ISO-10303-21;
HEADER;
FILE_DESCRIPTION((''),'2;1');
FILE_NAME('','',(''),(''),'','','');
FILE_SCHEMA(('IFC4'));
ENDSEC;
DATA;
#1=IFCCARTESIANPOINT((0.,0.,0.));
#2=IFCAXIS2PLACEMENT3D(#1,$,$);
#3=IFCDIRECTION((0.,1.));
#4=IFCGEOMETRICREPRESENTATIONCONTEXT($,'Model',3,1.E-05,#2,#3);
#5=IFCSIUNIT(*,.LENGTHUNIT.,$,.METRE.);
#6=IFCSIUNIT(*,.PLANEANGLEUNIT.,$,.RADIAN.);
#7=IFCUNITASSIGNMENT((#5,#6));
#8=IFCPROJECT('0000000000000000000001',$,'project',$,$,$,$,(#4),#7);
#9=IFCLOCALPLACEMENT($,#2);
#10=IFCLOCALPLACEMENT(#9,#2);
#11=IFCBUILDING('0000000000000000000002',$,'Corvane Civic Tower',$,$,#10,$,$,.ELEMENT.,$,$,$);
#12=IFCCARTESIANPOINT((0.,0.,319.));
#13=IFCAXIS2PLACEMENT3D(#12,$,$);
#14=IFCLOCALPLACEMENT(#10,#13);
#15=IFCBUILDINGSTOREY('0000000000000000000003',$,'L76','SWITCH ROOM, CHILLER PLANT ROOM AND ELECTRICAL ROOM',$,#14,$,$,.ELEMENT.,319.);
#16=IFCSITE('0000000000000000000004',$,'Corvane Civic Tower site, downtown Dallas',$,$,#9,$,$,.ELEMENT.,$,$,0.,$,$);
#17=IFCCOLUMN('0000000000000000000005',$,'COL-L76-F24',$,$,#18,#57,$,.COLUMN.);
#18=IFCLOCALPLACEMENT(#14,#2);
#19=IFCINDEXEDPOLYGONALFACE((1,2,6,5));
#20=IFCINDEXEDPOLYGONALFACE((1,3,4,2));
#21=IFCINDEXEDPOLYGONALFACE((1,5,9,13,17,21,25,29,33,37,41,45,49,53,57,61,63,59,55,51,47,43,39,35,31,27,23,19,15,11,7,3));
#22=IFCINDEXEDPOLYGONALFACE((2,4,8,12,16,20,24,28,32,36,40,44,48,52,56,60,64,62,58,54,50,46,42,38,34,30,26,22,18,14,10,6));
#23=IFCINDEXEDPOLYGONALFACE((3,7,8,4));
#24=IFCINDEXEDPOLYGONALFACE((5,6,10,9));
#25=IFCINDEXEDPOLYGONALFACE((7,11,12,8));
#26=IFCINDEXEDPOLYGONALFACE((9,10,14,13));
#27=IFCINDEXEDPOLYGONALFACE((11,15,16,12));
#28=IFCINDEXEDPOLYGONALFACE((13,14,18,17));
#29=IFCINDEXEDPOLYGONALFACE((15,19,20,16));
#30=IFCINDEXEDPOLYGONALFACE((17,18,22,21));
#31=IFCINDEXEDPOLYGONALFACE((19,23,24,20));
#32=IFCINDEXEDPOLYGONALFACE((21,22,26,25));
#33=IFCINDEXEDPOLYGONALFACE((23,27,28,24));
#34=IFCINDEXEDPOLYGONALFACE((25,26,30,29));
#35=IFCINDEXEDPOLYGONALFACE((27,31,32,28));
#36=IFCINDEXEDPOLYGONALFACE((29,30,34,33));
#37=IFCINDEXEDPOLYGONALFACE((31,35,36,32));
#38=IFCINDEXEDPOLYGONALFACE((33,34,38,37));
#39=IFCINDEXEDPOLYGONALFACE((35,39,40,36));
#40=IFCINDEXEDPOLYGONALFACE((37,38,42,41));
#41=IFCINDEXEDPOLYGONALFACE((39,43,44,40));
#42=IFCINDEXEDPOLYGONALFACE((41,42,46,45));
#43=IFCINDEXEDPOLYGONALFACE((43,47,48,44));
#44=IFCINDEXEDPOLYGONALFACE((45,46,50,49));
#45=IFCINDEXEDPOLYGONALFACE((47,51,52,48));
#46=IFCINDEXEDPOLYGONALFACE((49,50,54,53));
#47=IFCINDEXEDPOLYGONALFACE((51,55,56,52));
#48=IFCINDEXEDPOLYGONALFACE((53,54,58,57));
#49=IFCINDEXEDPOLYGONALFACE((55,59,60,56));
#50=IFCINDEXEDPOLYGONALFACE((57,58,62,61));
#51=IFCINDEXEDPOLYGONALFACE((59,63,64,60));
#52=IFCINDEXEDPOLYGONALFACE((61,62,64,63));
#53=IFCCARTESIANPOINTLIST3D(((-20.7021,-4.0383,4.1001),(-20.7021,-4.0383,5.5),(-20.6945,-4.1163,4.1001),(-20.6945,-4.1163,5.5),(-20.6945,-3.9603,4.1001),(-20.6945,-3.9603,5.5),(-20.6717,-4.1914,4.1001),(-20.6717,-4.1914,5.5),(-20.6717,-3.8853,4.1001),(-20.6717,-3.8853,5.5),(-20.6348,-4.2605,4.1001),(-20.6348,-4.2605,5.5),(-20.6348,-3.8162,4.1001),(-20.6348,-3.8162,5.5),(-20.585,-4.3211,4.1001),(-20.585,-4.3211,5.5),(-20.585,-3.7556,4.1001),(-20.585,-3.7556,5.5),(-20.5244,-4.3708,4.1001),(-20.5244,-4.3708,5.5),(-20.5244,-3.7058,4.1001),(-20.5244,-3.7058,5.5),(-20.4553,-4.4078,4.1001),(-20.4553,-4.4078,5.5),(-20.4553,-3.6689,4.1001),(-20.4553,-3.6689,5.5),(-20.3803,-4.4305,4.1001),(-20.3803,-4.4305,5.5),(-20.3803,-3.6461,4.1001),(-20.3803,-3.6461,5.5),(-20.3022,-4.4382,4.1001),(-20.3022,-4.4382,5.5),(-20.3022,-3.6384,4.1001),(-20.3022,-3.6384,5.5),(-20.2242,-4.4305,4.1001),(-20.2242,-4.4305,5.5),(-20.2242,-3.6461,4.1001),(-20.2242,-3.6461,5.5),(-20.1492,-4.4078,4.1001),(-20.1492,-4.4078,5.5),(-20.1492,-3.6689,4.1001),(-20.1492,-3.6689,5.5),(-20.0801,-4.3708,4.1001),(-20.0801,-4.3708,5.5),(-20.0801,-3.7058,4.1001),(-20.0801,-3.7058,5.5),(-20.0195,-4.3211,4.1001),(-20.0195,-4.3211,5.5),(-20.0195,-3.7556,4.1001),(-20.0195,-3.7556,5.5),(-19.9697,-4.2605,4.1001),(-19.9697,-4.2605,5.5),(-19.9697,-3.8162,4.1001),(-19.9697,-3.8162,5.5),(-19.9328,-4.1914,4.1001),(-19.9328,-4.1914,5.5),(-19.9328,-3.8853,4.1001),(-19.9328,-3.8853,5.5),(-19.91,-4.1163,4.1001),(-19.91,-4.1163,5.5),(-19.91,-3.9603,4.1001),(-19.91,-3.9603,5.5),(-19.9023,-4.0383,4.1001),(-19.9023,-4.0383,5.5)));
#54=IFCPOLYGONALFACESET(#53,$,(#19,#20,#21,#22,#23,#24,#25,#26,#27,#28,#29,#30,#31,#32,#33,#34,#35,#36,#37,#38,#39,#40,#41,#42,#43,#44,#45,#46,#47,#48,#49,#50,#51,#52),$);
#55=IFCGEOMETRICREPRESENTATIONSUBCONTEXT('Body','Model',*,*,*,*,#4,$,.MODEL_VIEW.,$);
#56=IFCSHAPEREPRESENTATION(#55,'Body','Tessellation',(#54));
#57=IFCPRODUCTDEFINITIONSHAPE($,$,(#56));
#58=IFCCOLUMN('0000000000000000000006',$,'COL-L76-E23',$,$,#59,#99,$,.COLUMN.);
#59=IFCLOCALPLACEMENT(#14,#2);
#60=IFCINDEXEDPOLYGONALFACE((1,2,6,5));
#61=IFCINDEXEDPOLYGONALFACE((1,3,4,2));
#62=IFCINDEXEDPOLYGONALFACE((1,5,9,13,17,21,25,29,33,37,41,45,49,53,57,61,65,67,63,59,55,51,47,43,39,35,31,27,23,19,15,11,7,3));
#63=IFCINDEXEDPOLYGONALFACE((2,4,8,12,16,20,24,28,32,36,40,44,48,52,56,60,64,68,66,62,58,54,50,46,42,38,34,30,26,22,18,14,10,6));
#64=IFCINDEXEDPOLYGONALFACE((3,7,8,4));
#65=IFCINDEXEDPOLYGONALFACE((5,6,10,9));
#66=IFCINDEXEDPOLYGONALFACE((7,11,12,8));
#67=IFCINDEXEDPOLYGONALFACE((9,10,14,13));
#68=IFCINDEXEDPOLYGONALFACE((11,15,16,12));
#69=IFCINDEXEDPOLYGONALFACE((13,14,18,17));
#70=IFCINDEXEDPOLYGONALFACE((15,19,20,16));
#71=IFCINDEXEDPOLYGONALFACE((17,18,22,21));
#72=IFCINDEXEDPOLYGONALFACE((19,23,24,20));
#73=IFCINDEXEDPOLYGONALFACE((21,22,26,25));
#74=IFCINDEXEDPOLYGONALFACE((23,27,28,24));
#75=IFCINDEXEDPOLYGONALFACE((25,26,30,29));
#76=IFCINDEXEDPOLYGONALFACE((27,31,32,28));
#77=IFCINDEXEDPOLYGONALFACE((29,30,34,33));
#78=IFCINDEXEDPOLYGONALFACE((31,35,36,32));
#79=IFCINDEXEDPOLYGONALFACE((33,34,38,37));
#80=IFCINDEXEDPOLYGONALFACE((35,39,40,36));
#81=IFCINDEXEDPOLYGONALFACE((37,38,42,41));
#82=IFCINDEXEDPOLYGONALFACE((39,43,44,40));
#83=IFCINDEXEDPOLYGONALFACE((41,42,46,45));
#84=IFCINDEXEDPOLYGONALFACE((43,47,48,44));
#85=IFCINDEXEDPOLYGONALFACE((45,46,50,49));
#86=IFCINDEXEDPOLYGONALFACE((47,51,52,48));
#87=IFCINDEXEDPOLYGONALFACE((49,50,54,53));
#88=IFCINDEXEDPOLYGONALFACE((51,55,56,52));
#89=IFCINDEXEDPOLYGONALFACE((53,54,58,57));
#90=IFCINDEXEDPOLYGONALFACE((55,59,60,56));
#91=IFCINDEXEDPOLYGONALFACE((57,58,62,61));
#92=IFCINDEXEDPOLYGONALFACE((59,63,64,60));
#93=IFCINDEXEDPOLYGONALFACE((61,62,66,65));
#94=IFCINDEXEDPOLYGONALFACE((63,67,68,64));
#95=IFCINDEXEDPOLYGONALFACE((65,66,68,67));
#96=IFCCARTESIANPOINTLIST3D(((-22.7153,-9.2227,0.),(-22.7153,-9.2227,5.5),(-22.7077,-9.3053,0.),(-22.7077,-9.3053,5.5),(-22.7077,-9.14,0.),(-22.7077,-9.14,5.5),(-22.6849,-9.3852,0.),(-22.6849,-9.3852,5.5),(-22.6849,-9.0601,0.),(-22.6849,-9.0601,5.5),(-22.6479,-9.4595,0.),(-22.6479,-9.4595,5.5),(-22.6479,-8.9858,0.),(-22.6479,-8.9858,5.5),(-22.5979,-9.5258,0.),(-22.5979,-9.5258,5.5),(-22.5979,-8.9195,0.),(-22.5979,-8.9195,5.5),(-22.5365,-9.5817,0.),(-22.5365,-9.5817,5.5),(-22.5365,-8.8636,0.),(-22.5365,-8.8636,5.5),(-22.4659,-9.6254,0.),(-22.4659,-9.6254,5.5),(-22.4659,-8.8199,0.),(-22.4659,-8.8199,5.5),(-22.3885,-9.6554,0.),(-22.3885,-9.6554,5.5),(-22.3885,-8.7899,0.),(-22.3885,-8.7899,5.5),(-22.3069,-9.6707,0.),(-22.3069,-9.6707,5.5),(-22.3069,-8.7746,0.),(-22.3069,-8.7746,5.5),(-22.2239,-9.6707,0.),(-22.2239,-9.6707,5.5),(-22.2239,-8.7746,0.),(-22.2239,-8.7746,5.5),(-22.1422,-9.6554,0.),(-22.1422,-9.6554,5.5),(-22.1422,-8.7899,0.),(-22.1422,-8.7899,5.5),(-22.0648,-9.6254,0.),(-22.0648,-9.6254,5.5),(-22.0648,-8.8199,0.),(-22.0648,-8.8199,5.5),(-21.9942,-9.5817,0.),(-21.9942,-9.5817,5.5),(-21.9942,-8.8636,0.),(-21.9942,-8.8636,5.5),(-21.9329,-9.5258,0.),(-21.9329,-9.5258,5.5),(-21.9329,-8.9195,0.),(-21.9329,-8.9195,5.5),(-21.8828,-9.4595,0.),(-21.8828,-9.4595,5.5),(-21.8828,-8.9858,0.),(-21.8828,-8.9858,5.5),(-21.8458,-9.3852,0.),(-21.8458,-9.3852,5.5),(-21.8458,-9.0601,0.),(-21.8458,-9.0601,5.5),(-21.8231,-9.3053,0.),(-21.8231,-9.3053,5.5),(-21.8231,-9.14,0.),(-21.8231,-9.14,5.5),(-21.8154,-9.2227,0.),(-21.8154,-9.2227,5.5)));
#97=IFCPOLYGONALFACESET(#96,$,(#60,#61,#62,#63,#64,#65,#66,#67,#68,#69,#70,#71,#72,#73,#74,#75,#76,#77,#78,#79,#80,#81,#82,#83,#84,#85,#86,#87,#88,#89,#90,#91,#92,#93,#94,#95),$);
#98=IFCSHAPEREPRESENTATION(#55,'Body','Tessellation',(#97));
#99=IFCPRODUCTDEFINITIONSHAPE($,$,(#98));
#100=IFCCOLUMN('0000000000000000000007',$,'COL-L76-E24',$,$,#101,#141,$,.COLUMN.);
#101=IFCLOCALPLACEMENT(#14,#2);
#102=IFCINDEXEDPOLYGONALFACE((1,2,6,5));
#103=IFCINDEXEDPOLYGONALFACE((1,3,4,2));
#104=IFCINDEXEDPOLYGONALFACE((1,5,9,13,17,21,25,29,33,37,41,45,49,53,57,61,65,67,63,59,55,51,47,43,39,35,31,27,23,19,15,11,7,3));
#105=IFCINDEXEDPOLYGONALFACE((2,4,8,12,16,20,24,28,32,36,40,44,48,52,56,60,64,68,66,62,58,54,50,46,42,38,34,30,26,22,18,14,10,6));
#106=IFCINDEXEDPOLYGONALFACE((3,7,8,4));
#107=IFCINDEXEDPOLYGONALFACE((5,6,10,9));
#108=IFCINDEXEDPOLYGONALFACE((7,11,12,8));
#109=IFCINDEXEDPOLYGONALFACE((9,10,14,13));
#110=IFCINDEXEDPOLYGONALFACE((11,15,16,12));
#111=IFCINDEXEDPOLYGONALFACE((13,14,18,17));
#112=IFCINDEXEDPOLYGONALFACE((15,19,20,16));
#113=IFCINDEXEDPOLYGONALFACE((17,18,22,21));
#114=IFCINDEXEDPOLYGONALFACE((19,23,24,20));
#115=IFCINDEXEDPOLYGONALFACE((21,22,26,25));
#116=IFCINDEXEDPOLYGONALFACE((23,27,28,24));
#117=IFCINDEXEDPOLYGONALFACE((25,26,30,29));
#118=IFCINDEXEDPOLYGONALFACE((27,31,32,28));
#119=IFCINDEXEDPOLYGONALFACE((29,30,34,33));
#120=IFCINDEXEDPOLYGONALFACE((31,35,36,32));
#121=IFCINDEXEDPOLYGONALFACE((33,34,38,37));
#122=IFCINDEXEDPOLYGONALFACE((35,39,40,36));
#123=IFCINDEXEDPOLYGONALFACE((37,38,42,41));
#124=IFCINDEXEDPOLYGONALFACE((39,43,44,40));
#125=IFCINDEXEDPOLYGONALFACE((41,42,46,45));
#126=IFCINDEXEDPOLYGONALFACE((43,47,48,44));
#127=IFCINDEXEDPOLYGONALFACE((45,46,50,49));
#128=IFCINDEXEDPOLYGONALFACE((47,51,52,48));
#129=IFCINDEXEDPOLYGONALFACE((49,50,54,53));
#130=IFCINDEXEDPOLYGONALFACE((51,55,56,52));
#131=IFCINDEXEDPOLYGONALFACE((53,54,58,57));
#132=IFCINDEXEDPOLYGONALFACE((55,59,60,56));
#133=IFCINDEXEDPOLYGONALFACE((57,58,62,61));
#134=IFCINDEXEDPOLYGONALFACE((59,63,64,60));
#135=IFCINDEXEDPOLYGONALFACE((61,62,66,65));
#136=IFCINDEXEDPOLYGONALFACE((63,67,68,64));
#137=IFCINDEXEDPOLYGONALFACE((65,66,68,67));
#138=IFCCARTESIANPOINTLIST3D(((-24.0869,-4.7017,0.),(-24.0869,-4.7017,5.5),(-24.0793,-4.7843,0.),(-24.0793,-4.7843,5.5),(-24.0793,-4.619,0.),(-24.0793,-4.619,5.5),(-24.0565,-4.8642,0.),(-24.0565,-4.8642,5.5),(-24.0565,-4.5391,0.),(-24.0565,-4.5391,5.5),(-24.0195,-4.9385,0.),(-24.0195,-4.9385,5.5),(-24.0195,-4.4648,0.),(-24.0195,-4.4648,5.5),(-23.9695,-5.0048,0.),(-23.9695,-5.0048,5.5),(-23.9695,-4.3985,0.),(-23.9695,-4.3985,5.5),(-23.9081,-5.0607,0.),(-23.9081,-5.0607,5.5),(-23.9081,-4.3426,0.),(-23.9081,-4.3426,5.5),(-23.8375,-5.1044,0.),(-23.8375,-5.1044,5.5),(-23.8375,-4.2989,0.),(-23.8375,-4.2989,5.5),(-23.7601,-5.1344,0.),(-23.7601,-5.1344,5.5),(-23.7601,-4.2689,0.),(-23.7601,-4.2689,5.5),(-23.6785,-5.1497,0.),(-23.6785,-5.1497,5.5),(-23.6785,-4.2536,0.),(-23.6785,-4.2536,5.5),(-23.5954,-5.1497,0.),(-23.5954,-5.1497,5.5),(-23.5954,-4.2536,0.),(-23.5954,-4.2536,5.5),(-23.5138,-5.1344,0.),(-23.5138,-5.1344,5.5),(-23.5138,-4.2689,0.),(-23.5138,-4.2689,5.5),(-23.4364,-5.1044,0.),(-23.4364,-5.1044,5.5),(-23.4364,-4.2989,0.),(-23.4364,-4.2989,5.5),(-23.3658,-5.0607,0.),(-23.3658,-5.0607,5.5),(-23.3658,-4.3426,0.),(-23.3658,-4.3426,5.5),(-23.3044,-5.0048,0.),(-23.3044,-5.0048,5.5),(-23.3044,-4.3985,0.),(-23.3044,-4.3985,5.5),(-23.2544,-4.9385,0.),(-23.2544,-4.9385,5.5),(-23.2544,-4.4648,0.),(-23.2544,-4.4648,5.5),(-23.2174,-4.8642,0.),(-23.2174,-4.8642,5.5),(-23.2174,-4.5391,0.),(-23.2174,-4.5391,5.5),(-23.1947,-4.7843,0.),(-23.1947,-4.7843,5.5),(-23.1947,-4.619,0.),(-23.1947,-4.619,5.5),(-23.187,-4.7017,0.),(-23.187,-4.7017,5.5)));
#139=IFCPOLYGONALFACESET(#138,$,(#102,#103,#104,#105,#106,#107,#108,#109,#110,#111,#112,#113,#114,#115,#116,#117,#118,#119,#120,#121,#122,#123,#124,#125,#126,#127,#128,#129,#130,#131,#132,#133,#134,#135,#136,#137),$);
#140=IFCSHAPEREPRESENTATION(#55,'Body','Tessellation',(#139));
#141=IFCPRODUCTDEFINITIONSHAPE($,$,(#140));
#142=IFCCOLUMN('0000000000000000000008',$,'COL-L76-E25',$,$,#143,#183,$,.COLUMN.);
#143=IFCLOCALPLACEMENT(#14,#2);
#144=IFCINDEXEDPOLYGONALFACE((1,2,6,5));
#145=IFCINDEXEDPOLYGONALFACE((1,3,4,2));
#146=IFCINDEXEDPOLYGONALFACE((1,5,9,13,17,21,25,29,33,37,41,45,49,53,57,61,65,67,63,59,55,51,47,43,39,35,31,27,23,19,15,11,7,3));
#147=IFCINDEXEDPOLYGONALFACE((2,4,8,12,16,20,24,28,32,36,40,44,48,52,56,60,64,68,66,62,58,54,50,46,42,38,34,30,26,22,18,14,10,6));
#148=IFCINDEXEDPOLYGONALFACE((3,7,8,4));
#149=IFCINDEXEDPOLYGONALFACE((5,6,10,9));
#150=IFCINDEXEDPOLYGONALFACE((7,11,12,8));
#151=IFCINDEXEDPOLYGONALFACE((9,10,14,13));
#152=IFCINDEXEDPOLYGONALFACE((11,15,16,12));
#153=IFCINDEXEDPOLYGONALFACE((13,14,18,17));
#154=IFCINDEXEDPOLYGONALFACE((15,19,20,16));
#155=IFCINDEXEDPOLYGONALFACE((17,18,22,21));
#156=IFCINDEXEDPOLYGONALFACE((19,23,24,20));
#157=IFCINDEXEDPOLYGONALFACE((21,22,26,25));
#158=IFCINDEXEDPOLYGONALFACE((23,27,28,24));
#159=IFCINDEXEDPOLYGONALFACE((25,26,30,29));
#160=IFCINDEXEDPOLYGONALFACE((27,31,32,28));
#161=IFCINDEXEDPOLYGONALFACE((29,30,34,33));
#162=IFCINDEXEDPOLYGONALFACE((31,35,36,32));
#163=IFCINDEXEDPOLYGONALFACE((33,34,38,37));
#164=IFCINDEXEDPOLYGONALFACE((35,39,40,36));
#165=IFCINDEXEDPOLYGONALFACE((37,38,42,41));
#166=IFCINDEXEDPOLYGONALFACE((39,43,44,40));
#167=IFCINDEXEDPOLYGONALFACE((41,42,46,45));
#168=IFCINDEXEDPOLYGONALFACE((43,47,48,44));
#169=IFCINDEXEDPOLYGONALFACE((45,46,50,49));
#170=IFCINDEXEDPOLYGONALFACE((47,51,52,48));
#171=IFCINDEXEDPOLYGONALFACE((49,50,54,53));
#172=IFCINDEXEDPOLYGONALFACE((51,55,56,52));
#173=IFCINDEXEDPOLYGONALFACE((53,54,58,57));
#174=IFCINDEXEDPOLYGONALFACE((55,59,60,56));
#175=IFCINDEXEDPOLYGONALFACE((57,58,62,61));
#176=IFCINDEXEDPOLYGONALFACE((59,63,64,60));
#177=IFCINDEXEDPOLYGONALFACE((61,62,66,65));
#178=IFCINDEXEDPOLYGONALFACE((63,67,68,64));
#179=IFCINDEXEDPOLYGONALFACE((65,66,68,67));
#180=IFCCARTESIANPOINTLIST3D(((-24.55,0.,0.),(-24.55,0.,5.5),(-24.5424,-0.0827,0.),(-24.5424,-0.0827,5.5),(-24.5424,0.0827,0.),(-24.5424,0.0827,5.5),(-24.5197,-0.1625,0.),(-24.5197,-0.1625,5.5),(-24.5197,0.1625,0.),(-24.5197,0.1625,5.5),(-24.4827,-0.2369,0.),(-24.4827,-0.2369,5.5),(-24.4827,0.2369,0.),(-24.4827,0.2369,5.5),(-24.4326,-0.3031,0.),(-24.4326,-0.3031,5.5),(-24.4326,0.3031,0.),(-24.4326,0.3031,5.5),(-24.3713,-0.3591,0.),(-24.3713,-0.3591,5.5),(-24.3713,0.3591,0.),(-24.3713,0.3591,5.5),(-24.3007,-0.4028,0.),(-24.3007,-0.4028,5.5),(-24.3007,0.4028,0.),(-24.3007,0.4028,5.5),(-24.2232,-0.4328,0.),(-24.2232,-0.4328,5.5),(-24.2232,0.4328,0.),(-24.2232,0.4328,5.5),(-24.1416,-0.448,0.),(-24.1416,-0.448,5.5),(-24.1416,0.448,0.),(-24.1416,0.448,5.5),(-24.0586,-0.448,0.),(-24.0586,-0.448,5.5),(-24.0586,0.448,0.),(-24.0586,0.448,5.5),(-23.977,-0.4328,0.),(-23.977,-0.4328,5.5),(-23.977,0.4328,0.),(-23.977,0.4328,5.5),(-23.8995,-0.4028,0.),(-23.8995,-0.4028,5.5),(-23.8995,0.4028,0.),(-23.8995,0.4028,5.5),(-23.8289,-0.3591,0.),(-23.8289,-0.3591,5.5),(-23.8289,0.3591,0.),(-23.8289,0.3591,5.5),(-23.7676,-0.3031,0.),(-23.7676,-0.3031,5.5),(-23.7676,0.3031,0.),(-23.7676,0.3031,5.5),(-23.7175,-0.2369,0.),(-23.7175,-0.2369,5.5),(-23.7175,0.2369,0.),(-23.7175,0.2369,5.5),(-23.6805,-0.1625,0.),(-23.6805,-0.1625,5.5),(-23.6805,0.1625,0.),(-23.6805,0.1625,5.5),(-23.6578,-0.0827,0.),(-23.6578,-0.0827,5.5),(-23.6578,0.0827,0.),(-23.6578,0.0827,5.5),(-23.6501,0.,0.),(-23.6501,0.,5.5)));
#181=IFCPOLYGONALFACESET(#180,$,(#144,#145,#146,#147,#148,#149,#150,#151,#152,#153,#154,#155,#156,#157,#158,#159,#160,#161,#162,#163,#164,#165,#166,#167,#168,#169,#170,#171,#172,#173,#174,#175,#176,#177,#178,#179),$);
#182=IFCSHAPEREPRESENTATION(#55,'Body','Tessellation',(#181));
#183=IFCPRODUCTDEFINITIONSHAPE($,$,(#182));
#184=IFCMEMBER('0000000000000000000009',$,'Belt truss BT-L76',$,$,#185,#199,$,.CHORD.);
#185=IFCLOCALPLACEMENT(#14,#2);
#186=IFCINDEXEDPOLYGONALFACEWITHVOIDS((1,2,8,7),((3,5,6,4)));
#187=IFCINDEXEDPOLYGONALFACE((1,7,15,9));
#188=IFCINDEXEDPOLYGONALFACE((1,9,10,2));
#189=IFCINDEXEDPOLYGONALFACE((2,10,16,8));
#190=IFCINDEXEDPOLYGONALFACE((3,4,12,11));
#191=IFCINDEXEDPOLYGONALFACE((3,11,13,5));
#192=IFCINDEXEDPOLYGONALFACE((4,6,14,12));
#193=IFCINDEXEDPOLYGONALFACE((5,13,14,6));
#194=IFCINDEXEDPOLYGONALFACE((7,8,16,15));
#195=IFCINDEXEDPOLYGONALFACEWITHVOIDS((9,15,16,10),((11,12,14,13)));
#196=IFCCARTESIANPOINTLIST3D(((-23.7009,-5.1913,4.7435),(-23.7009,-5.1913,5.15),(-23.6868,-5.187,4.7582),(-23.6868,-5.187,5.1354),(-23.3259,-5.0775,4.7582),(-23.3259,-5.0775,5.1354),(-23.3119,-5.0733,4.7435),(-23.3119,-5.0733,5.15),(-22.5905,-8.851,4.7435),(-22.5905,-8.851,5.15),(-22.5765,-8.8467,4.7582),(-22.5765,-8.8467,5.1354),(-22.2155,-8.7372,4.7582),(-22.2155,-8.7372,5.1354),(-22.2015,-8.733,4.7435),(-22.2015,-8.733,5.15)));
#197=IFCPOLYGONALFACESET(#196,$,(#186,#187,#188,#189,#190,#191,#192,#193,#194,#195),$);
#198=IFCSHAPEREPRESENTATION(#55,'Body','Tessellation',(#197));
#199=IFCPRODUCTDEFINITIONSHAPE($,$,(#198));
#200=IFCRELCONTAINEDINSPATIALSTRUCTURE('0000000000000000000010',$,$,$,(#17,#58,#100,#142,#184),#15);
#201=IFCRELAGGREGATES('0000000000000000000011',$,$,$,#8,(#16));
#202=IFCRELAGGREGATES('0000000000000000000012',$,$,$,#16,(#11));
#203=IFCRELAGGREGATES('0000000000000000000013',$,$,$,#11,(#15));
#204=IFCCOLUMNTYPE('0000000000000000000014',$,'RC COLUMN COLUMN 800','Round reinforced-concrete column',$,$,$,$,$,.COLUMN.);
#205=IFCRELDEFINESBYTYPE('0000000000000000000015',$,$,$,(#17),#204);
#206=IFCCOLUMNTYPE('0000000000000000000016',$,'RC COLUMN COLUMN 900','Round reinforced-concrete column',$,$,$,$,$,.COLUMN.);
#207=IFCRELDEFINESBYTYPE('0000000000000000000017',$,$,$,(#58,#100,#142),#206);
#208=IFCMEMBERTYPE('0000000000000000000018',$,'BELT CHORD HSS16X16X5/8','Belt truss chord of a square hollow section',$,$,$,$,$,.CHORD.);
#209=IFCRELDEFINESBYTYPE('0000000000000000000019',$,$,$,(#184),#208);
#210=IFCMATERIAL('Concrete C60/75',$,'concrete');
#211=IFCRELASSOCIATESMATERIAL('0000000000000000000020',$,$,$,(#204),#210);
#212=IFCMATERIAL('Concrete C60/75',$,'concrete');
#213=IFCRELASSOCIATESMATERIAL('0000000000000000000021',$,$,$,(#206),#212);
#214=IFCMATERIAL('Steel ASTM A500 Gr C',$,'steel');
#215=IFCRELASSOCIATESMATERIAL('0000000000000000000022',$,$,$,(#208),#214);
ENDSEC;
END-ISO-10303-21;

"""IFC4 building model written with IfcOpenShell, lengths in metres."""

from ifc_helpers import new_model, si_unit, direction, frame, origin, origin_2d, place, context, subcontext, project, spatial, hollow_rectangle, circle, extrude, material, material_profile, profile_set, type_object, element, save


model = new_model("IFC4")

# Units and contexts
model_context = context("Model", 3, precision=1e-05, world=origin(), true_north=direction((0.0, 1.0)))
body_context = subcontext(model_context, "Body", "Model", "MODEL_VIEW")
ifc_project = project(units=[si_unit("LENGTHUNIT", "METRE"), si_unit("PLANEANGLEUNIT", "RADIAN")], contexts=[model_context])

# Site, building, storey
site_placement = place(None, origin())
site = spatial("IfcSite", under=ifc_project, at=site_placement, Name="Corvane Civic Tower site, downtown Dallas", CompositionType="ELEMENT", RefElevation=0.0)
building_placement = place(site_placement, origin())
building = spatial("IfcBuilding", under=site, at=building_placement, Name="Corvane Civic Tower", CompositionType="ELEMENT")
storey_placement = place(building_placement, frame((0.0, 0.0, 319.0)))
storey = spatial("IfcBuildingStorey", under=building, at=storey_placement, Name="L76", Description="SWITCH ROOM, CHILLER PLANT ROOM AND ELECTRICAL ROOM", CompositionType="ELEMENT", Elevation=319.0)

# Columns
ifc_material_1 = material(Name="Concrete C60/75", Category="concrete")
ifc_material_profile_1 = material_profile(ifc_material_1, circle(Radius=0.3999, at=origin_2d()), Name="COLUMN 800")
ifc_profile_set_1 = profile_set([ifc_material_profile_1], Name="Concrete C60/75")
column_type_1 = type_object("IfcColumnType", Name="RC COLUMN COLUMN 800", Description="Round reinforced-concrete column", PredefinedType="COLUMN", material=ifc_profile_set_1)
column_placement = place(storey_placement, frame((-20.3022, -4.0383, 4.1001), z_axis=(0.0, 0.0, 1.0), x_axis=(1.0, 0.0, 0.0)))
element("IfcColumn", 1, at=column_placement, inside=storey, type_object=column_type_1, Name="COL-L76-F24", PredefinedType="COLUMN", context=body_context, shape_type="SweptSolid", body=[
    extrude(circle(Radius=0.3999, at=origin_2d()), origin(), (0.0, 0.0, 1.0), 1.3999),
])
ifc_material_2 = material(Name="Concrete C60/75", Category="concrete")
ifc_material_profile_2 = material_profile(ifc_material_2, circle(Radius=0.45, at=origin_2d()), Name="COLUMN 900")
ifc_profile_set_2 = profile_set([ifc_material_profile_2], Name="Concrete C60/75")
column_type_2 = type_object("IfcColumnType", Name="RC COLUMN COLUMN 900", Description="Round reinforced-concrete column", PredefinedType="COLUMN", material=ifc_profile_set_2)
for number, where, z_axis, x_axis, name in (
    (2, (-22.2654, -9.2227, 0.0), (0.0, 0.0, 1.0), (1.0, 0.0, 0.0), "COL-L76-E23"),
    (3, (-23.637, -4.7017, 0.0), (0.0, 0.0, 1.0), (1.0, 0.0, 0.0), "COL-L76-E24"),
    (4, (-24.1001, 0.0, 0.0), (0.0, 0.0, 1.0), (1.0, 0.0, 0.0), "COL-L76-E25"),
):
    element("IfcColumn", number, at=place(storey_placement, frame(where, z_axis=z_axis, x_axis=x_axis)), inside=storey, type_object=column_type_2, Name=name, PredefinedType="COLUMN", context=body_context, shape_type="SweptSolid", body=[
        extrude(circle(Radius=0.45, at=origin_2d()), origin(), (0.0, 0.0, 1.0), 5.5),
    ])

# Member
ifc_material_3 = material(Name="Steel ASTM A500 Gr C", Category="steel")
ifc_material_profile_3 = material_profile(ifc_material_3, hollow_rectangle(XDim=0.4065, YDim=0.4065, WallThickness=0.0146, at=origin_2d()), Name="HSS16X16X5/8")
ifc_profile_set_3 = profile_set([ifc_material_profile_3], Name="Steel ASTM A500 Gr C")
member_type_1 = type_object("IfcMemberType", Name="BELT CHORD HSS16X16X5/8", Description="Belt truss chord of a square hollow section", PredefinedType="CHORD", material=ifc_profile_set_3)
for number, where, z_axis, x_axis, name in (
    (5, (-22.396, -8.792, 4.9468), (-0.290333, 0.956926, 0.0), (-0.956926, -0.290333, 0.0), "Belt truss BT-L76"),
):
    element("IfcMember", number, at=place(storey_placement, frame(where, z_axis=z_axis, x_axis=x_axis)), inside=storey, type_object=member_type_1, Name=name, PredefinedType="CHORD", context=body_context, shape_type="SweptSolid", body=[
        extrude(hollow_rectangle(XDim=0.4065, YDim=0.4065, WallThickness=0.0146, at=origin_2d()), origin(), (0.0, 0.0, 1.0), 3.8245),
    ])

save(model, "model.ifc")
